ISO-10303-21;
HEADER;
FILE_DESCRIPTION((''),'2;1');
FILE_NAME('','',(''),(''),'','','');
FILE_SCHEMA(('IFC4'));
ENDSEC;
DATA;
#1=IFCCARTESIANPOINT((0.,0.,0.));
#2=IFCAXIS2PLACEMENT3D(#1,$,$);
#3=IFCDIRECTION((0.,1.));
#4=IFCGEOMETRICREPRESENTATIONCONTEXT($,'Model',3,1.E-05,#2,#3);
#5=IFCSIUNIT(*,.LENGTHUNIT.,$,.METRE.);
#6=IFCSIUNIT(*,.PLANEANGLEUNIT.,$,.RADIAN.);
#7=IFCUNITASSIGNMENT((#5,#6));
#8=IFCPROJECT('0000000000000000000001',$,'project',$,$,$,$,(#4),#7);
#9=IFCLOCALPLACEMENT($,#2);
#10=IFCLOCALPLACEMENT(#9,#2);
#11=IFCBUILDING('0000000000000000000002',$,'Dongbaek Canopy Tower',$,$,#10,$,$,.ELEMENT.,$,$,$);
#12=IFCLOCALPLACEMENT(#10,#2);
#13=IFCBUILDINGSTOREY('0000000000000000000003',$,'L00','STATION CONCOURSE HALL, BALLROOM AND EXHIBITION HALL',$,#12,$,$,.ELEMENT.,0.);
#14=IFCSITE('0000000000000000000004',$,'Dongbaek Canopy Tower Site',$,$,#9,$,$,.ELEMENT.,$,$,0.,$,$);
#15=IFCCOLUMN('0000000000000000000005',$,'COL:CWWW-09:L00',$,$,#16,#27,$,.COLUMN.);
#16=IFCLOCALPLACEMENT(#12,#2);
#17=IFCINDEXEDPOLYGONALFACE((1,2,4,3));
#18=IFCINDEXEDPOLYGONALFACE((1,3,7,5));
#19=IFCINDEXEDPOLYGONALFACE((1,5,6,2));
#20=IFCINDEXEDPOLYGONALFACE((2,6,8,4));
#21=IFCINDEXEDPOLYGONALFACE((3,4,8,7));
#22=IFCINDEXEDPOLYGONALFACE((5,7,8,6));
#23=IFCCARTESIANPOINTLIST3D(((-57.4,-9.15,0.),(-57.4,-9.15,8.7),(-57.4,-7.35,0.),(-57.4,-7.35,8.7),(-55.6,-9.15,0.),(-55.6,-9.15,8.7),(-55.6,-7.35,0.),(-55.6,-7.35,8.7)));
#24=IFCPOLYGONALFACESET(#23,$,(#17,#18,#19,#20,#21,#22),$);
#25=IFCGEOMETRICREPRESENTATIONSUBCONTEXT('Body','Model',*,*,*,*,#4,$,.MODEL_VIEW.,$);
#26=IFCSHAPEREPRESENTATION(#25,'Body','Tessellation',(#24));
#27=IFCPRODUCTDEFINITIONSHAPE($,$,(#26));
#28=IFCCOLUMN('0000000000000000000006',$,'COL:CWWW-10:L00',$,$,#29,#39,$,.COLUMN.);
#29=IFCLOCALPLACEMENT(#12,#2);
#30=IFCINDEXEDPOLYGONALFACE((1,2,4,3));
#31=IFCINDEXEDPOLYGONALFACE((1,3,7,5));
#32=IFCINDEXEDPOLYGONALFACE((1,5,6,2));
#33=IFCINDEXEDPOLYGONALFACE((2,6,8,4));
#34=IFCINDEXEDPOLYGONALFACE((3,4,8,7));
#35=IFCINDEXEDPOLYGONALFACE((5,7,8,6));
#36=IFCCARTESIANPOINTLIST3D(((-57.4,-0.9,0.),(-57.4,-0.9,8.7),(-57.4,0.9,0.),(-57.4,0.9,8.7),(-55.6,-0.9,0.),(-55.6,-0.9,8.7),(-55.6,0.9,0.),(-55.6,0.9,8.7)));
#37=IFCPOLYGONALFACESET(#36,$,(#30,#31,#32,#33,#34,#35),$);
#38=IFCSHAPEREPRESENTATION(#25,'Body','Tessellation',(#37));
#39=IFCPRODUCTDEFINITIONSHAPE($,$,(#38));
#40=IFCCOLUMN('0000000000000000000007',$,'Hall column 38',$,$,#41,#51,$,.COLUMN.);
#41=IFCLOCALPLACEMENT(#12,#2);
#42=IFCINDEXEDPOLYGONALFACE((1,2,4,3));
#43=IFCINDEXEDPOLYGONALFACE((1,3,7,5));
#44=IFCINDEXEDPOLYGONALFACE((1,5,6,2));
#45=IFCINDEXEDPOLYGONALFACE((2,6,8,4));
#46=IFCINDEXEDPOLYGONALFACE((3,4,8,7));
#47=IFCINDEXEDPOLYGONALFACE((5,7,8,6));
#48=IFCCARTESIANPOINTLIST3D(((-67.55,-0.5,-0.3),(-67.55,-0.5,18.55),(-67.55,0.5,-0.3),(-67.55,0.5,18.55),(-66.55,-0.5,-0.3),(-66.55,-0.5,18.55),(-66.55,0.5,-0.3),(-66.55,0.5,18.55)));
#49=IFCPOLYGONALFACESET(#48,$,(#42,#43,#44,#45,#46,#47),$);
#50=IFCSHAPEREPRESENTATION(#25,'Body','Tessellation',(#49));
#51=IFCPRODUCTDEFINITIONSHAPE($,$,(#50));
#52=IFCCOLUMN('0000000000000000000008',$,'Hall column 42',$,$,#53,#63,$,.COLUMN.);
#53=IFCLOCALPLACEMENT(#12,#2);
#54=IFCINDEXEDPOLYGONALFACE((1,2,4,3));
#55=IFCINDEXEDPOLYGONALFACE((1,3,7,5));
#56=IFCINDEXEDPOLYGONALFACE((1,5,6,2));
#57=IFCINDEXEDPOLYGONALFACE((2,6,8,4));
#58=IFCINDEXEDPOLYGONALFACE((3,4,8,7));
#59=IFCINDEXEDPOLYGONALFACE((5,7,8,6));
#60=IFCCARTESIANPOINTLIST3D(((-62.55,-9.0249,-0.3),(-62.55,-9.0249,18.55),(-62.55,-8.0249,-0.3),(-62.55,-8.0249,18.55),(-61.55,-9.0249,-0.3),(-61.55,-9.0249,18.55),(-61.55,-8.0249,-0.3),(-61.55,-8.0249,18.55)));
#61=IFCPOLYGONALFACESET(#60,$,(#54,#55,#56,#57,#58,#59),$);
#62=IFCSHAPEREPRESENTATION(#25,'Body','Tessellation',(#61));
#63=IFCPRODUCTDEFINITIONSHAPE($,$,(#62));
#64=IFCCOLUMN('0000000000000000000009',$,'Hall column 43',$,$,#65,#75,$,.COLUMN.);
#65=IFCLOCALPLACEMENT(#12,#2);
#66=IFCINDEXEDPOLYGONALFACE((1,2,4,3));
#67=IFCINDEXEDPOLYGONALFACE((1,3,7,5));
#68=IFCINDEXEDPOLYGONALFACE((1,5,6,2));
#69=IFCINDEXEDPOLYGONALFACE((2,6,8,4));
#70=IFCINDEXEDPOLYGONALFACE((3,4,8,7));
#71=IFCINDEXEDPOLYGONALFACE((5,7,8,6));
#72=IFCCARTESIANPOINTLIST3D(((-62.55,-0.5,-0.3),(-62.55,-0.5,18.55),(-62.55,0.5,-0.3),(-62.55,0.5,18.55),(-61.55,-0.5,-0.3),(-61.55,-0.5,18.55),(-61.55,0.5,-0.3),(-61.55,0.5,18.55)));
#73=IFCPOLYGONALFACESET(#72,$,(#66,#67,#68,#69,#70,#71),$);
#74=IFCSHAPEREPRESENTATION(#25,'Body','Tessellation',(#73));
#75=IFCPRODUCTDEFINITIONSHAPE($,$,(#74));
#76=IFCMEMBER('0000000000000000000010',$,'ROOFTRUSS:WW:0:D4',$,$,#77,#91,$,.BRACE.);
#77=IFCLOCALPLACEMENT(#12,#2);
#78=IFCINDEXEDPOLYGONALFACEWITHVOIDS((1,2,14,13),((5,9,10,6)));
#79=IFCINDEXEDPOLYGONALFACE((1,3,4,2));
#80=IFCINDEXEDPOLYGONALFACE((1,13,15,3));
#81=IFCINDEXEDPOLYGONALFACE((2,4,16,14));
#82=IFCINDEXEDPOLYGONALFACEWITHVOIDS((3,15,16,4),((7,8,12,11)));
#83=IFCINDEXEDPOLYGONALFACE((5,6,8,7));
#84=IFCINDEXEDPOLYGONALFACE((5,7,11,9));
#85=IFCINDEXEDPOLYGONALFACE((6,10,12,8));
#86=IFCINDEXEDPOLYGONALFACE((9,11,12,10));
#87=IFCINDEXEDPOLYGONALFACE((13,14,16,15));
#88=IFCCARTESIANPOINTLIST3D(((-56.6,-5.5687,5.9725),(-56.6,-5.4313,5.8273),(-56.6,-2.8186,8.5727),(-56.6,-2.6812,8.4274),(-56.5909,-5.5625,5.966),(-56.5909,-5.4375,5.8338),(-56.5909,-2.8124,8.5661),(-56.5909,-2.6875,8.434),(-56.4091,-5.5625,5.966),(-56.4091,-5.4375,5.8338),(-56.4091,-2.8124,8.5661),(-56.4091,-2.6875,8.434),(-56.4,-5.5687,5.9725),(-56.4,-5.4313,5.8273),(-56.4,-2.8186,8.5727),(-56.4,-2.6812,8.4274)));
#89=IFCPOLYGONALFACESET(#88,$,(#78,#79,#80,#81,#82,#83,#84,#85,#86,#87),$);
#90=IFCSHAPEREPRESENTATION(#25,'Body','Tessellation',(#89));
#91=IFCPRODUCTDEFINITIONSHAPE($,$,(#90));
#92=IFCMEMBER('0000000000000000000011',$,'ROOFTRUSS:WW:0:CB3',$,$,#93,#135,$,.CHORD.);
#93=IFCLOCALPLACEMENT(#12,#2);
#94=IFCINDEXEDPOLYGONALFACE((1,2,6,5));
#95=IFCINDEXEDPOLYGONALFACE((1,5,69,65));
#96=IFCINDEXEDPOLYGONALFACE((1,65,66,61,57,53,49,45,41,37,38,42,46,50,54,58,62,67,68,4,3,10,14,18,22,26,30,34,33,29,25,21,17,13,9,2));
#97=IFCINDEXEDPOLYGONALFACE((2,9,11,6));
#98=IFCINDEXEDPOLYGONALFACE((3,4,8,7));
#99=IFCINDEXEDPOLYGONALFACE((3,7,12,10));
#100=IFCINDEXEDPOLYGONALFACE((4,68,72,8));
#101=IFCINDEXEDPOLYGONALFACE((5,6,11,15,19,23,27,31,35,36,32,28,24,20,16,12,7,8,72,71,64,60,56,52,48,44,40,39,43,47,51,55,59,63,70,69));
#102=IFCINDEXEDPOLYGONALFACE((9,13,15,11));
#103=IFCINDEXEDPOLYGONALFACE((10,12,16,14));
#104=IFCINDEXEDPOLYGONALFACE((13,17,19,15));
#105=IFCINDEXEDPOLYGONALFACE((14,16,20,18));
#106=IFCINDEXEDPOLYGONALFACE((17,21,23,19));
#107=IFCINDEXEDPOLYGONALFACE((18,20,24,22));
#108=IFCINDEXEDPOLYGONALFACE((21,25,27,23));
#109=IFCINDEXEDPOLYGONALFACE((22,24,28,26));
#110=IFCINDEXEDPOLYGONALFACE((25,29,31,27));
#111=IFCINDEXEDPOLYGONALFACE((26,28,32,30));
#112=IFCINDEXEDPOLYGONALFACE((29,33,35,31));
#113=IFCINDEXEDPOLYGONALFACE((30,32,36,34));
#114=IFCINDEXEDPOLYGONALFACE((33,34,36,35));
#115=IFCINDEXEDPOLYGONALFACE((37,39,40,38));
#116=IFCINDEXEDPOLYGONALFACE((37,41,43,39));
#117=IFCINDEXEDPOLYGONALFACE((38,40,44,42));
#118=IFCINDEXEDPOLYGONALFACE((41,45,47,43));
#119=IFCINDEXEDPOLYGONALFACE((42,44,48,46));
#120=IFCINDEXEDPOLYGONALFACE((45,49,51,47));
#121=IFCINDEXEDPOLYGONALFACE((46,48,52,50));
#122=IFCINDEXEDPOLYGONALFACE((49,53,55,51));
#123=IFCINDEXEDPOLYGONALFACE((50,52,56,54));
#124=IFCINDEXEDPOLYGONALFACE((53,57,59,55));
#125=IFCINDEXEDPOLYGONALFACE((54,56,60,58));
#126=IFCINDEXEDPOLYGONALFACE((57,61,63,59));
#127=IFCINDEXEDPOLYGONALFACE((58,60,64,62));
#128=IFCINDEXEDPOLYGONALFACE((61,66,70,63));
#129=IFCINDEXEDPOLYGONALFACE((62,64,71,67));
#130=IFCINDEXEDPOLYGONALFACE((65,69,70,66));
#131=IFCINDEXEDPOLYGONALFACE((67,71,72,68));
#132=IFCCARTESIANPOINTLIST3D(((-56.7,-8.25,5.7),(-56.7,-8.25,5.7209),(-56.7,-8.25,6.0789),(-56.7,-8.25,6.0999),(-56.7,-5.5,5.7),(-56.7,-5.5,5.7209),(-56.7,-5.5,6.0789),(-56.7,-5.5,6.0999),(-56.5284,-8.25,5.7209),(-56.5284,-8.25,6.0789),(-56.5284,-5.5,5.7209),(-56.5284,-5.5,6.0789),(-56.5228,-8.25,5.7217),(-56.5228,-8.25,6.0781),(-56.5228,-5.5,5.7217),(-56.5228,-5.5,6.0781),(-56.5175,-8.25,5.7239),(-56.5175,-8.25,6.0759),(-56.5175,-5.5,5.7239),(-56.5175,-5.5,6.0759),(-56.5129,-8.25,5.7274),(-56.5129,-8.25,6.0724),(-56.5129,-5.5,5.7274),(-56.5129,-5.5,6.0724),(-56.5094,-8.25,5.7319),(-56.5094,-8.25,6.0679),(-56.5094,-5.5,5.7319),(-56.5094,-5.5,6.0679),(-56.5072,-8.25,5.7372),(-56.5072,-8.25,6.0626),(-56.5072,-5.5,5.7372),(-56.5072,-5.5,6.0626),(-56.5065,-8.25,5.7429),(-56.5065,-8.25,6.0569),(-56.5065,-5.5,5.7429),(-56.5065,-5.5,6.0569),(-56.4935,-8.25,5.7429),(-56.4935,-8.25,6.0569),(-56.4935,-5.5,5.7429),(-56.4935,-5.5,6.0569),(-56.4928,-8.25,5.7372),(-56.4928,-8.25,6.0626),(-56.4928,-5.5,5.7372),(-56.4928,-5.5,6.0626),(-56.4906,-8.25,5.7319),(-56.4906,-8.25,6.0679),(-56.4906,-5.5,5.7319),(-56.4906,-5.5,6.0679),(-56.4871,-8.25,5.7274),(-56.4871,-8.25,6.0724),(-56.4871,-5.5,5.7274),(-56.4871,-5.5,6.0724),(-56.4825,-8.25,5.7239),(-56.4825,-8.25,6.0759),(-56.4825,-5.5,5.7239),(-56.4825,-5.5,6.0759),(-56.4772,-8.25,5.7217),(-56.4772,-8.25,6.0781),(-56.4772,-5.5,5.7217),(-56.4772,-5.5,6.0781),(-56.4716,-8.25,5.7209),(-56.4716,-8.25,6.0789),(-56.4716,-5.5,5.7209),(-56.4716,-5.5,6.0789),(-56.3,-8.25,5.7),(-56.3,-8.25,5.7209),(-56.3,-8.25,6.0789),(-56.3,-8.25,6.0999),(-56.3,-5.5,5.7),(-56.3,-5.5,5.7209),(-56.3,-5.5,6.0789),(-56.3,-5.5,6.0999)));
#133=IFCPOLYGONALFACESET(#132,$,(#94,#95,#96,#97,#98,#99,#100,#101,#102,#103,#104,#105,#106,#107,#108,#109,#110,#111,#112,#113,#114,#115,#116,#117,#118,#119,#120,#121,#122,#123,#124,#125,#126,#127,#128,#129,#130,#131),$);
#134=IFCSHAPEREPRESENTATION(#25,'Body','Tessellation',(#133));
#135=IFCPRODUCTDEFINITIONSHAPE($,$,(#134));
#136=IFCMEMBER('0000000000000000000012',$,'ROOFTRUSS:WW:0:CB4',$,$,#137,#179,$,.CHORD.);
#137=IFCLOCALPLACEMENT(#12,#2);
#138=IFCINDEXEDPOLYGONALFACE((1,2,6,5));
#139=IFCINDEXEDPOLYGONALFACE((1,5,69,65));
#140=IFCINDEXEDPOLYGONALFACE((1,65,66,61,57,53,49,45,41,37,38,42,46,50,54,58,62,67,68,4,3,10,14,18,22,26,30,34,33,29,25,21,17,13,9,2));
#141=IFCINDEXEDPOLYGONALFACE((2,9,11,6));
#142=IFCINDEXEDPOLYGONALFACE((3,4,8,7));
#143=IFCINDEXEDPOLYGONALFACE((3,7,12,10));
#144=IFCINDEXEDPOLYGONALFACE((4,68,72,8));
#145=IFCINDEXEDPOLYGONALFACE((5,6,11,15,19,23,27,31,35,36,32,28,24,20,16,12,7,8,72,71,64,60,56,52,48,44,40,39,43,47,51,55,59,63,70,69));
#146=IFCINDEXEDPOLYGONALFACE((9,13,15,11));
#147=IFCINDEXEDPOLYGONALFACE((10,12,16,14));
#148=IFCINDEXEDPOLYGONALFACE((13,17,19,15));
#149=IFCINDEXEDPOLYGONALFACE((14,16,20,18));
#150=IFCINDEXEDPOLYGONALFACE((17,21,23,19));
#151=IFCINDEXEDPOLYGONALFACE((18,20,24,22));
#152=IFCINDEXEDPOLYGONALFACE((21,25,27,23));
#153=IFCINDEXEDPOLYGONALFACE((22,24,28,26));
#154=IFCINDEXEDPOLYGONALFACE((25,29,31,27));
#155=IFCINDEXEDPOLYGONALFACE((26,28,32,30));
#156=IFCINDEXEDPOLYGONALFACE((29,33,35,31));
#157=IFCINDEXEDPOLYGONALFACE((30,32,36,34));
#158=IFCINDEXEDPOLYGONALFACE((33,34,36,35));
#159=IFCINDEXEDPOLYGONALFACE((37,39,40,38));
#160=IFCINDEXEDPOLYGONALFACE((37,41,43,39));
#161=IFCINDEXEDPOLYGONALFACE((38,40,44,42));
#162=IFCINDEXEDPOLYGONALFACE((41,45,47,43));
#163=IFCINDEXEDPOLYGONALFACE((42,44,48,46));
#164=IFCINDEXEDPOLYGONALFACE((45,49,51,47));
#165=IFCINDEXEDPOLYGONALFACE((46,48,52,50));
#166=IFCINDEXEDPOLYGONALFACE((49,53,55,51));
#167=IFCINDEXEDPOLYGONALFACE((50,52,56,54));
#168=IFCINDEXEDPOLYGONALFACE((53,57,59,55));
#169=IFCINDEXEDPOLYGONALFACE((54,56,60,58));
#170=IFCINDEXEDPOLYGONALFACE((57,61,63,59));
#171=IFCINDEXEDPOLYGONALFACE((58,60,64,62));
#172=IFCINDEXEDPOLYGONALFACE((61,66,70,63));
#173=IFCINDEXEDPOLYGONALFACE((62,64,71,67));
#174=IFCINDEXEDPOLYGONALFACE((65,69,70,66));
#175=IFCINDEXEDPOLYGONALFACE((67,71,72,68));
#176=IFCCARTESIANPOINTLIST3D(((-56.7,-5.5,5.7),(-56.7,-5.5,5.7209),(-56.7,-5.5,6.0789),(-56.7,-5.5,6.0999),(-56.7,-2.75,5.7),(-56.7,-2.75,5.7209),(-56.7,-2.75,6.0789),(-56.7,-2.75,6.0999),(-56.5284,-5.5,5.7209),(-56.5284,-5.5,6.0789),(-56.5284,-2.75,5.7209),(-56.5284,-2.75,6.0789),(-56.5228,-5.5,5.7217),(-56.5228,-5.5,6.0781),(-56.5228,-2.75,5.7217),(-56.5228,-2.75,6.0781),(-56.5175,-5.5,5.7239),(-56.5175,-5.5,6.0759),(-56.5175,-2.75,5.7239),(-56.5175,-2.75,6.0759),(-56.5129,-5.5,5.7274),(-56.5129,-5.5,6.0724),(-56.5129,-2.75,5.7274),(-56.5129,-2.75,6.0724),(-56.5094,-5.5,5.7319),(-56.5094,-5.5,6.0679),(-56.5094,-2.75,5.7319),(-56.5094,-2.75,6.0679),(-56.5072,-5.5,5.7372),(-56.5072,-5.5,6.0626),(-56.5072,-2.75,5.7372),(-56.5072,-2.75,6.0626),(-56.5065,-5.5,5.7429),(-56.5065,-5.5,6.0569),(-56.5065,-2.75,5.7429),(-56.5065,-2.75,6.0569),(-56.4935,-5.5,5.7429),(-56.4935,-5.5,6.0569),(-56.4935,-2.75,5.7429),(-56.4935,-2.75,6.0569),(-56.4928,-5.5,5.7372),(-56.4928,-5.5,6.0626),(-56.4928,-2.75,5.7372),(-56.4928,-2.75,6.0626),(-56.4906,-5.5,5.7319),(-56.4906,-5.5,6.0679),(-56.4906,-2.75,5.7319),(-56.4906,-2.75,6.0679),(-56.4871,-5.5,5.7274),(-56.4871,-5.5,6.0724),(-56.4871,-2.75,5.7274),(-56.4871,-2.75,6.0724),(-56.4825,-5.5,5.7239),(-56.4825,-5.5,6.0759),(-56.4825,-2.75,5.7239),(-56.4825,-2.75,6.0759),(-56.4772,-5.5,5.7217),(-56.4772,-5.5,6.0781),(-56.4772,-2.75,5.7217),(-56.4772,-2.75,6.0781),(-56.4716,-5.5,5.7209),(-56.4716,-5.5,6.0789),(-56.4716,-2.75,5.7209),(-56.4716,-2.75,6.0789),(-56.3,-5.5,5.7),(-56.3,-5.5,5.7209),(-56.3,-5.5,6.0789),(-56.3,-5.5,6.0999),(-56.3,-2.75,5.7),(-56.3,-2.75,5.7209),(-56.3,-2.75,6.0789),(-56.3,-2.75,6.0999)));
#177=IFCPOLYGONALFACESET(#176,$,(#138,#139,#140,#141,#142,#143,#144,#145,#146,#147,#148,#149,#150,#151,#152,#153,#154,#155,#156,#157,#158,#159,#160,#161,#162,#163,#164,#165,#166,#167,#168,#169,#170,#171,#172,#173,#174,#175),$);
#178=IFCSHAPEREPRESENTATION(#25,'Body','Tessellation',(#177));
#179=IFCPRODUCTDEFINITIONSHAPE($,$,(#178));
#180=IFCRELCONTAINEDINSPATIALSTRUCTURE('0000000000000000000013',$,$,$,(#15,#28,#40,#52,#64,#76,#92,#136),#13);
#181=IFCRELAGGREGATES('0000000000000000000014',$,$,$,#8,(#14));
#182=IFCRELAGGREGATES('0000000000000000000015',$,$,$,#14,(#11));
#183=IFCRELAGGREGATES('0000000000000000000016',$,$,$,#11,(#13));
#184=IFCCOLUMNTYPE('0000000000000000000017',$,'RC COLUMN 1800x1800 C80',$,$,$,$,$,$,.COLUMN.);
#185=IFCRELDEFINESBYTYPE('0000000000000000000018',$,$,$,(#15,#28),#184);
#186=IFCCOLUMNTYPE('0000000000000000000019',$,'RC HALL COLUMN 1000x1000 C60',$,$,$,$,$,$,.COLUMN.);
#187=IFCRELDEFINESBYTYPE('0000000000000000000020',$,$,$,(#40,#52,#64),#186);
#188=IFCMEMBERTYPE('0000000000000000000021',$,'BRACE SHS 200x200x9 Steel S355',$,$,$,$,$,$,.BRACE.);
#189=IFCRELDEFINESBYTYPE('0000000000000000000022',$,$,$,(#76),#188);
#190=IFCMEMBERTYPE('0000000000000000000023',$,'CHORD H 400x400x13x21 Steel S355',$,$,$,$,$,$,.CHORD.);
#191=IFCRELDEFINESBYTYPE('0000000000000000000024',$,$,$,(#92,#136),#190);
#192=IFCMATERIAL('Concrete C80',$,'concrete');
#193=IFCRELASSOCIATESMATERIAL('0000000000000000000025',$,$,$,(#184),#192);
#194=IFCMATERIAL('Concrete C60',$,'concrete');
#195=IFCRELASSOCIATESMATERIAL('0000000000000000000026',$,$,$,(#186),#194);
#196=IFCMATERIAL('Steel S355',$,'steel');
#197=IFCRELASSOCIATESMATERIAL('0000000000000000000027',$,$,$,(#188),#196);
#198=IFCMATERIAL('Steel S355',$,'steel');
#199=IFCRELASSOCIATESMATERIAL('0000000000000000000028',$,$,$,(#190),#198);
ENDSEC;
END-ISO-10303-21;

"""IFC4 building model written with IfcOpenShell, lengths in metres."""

from ifc_helpers import new_model, si_unit, direction, frame, origin, origin_2d, place, context, subcontext, project, spatial, rectangle, hollow_rectangle, i_section, extrude, material, material_profile, profile_set, type_object, element, save


model = new_model("IFC4")

# Units and contexts
model_context = context("Model", 3, precision=1e-05, world=origin(), true_north=direction((0.0, 1.0)))
body_context = subcontext(model_context, "Body", "Model", "MODEL_VIEW")
ifc_project = project(units=[si_unit("LENGTHUNIT", "METRE"), si_unit("PLANEANGLEUNIT", "RADIAN")], contexts=[model_context])

# Site, building, storey
site_placement = place(None, origin())
site = spatial("IfcSite", under=ifc_project, at=site_placement, Name="Dongbaek Canopy Tower Site", CompositionType="ELEMENT", RefElevation=0.0)
building_placement = place(site_placement, origin())
building = spatial("IfcBuilding", under=site, at=building_placement, Name="Dongbaek Canopy Tower", CompositionType="ELEMENT")
storey_placement = place(building_placement, origin())
storey = spatial("IfcBuildingStorey", under=building, at=storey_placement, Name="L00", Description="STATION CONCOURSE HALL, BALLROOM AND EXHIBITION HALL", CompositionType="ELEMENT", Elevation=0.0)

# Columns
ifc_material_1 = material(Name="Concrete C80", Category="concrete")
ifc_material_profile_1 = material_profile(ifc_material_1, rectangle(XDim=1.8, YDim=1.8, at=origin_2d()), Name="RC COLUMN 1800x1800 C80")
ifc_profile_set_1 = profile_set([ifc_material_profile_1], Name="Concrete C80")
column_type_1 = type_object("IfcColumnType", Name="RC COLUMN 1800x1800 C80", PredefinedType="COLUMN", material=ifc_profile_set_1)
for number, where, z_axis, x_axis, name in (
    (1, (-56.5, -8.25, 0.0), (0.0, 0.0, 1.0), (1.0, 0.0, 0.0), "COL:CWWW-09:L00"),
    (2, (-56.5, 0.0, 0.0), (0.0, 0.0, 1.0), (1.0, 0.0, 0.0), "COL:CWWW-10:L00"),
):
    element("IfcColumn", number, at=place(storey_placement, frame(where, z_axis=z_axis, x_axis=x_axis)), inside=storey, type_object=column_type_1, Name=name, PredefinedType="COLUMN", context=body_context, shape_type="SweptSolid", body=[
        extrude(rectangle(XDim=1.8, YDim=1.8, at=origin_2d()), origin(), (0.0, 0.0, 1.0), 8.7),
    ])
ifc_material_2 = material(Name="Concrete C60", Category="concrete")
ifc_material_profile_2 = material_profile(ifc_material_2, rectangle(XDim=1.0, YDim=1.0, at=origin_2d()), Name="RC HALL COLUMN 1000x1000 C60")
ifc_profile_set_2 = profile_set([ifc_material_profile_2], Name="Concrete C60")
column_type_2 = type_object("IfcColumnType", Name="RC HALL COLUMN 1000x1000 C60", PredefinedType="COLUMN", material=ifc_profile_set_2)
for number, where, z_axis, x_axis, name in (
    (3, (-67.05, 0.0, -0.3), (0.0, 0.0, 1.0), (1.0, 0.0, 0.0), "Hall column 38"),
    (4, (-62.05, -8.5249, -0.3), (0.0, 0.0, 1.0), (1.0, 0.0, 0.0), "Hall column 42"),
    (5, (-62.05, 0.0, -0.3), (0.0, 0.0, 1.0), (1.0, 0.0, 0.0), "Hall column 43"),
):
    element("IfcColumn", number, at=place(storey_placement, frame(where, z_axis=z_axis, x_axis=x_axis)), inside=storey, type_object=column_type_2, Name=name, PredefinedType="COLUMN", context=body_context, shape_type="SweptSolid", body=[
        extrude(rectangle(XDim=1.0, YDim=1.0, at=origin_2d()), origin(), (0.0, 0.0, 1.0), 18.8501),
    ])

# Members
ifc_material_3 = material(Name="Steel S355", Category="steel")
ifc_material_profile_3 = material_profile(ifc_material_3, hollow_rectangle(XDim=0.2, YDim=0.2, WallThickness=0.009, at=origin_2d()), Name="BRACE SHS 200x200x9 Steel S355")
ifc_profile_set_3 = profile_set([ifc_material_profile_3], Name="Steel S355")
member_type_1 = type_object("IfcMemberType", Name="BRACE SHS 200x200x9 Steel S355", PredefinedType="BRACE", material=ifc_profile_set_3)
member_1_placement = place(storey_placement, frame((-56.5, -5.5, 5.8999), z_axis=(0.0, 0.726634, 0.687025), x_axis=(-1.0, 0.0, 0.0)))
element("IfcMember", 6, at=member_1_placement, inside=storey, type_object=member_type_1, Name="ROOFTRUSS:WW:0:D4", PredefinedType="BRACE", context=body_context, shape_type="SweptSolid", body=[
    extrude(hollow_rectangle(XDim=0.2, YDim=0.2, WallThickness=0.009, at=origin_2d()), origin(), (0.0, 0.0, 1.0), 3.7847),
])
ifc_material_4 = material(Name="Steel S355", Category="steel")
ifc_material_profile_4 = material_profile(ifc_material_4, i_section(OverallWidth=0.3999, OverallDepth=0.3999, WebThickness=0.0129, FlangeThickness=0.021, FilletRadius=0.022, at=origin_2d()), Name="CHORD H 400x400x13x21 Steel S355")
ifc_profile_set_4 = profile_set([ifc_material_profile_4], Name="Steel S355")
member_type_2 = type_object("IfcMemberType", Name="CHORD H 400x400x13x21 Steel S355", PredefinedType="CHORD", material=ifc_profile_set_4)
for number, where, z_axis, x_axis, name in (
    (7, (-56.5, -8.25, 5.8999), (0.0, 1.0, 0.0), (-1.0, 0.0, 0.0), "ROOFTRUSS:WW:0:CB3"),
    (8, (-56.5, -5.5, 5.8999), (0.0, 1.0, 0.0), (-1.0, 0.0, 0.0), "ROOFTRUSS:WW:0:CB4"),
):
    element("IfcMember", number, at=place(storey_placement, frame(where, z_axis=z_axis, x_axis=x_axis)), inside=storey, type_object=member_type_2, Name=name, PredefinedType="CHORD", context=body_context, shape_type="SweptSolid", body=[
        extrude(i_section(OverallWidth=0.3999, OverallDepth=0.3999, WebThickness=0.0129, FlangeThickness=0.021, FilletRadius=0.022, at=origin_2d()), origin(), (0.0, 0.0, 1.0), 2.75),
    ])

save(model, "model.ifc")
